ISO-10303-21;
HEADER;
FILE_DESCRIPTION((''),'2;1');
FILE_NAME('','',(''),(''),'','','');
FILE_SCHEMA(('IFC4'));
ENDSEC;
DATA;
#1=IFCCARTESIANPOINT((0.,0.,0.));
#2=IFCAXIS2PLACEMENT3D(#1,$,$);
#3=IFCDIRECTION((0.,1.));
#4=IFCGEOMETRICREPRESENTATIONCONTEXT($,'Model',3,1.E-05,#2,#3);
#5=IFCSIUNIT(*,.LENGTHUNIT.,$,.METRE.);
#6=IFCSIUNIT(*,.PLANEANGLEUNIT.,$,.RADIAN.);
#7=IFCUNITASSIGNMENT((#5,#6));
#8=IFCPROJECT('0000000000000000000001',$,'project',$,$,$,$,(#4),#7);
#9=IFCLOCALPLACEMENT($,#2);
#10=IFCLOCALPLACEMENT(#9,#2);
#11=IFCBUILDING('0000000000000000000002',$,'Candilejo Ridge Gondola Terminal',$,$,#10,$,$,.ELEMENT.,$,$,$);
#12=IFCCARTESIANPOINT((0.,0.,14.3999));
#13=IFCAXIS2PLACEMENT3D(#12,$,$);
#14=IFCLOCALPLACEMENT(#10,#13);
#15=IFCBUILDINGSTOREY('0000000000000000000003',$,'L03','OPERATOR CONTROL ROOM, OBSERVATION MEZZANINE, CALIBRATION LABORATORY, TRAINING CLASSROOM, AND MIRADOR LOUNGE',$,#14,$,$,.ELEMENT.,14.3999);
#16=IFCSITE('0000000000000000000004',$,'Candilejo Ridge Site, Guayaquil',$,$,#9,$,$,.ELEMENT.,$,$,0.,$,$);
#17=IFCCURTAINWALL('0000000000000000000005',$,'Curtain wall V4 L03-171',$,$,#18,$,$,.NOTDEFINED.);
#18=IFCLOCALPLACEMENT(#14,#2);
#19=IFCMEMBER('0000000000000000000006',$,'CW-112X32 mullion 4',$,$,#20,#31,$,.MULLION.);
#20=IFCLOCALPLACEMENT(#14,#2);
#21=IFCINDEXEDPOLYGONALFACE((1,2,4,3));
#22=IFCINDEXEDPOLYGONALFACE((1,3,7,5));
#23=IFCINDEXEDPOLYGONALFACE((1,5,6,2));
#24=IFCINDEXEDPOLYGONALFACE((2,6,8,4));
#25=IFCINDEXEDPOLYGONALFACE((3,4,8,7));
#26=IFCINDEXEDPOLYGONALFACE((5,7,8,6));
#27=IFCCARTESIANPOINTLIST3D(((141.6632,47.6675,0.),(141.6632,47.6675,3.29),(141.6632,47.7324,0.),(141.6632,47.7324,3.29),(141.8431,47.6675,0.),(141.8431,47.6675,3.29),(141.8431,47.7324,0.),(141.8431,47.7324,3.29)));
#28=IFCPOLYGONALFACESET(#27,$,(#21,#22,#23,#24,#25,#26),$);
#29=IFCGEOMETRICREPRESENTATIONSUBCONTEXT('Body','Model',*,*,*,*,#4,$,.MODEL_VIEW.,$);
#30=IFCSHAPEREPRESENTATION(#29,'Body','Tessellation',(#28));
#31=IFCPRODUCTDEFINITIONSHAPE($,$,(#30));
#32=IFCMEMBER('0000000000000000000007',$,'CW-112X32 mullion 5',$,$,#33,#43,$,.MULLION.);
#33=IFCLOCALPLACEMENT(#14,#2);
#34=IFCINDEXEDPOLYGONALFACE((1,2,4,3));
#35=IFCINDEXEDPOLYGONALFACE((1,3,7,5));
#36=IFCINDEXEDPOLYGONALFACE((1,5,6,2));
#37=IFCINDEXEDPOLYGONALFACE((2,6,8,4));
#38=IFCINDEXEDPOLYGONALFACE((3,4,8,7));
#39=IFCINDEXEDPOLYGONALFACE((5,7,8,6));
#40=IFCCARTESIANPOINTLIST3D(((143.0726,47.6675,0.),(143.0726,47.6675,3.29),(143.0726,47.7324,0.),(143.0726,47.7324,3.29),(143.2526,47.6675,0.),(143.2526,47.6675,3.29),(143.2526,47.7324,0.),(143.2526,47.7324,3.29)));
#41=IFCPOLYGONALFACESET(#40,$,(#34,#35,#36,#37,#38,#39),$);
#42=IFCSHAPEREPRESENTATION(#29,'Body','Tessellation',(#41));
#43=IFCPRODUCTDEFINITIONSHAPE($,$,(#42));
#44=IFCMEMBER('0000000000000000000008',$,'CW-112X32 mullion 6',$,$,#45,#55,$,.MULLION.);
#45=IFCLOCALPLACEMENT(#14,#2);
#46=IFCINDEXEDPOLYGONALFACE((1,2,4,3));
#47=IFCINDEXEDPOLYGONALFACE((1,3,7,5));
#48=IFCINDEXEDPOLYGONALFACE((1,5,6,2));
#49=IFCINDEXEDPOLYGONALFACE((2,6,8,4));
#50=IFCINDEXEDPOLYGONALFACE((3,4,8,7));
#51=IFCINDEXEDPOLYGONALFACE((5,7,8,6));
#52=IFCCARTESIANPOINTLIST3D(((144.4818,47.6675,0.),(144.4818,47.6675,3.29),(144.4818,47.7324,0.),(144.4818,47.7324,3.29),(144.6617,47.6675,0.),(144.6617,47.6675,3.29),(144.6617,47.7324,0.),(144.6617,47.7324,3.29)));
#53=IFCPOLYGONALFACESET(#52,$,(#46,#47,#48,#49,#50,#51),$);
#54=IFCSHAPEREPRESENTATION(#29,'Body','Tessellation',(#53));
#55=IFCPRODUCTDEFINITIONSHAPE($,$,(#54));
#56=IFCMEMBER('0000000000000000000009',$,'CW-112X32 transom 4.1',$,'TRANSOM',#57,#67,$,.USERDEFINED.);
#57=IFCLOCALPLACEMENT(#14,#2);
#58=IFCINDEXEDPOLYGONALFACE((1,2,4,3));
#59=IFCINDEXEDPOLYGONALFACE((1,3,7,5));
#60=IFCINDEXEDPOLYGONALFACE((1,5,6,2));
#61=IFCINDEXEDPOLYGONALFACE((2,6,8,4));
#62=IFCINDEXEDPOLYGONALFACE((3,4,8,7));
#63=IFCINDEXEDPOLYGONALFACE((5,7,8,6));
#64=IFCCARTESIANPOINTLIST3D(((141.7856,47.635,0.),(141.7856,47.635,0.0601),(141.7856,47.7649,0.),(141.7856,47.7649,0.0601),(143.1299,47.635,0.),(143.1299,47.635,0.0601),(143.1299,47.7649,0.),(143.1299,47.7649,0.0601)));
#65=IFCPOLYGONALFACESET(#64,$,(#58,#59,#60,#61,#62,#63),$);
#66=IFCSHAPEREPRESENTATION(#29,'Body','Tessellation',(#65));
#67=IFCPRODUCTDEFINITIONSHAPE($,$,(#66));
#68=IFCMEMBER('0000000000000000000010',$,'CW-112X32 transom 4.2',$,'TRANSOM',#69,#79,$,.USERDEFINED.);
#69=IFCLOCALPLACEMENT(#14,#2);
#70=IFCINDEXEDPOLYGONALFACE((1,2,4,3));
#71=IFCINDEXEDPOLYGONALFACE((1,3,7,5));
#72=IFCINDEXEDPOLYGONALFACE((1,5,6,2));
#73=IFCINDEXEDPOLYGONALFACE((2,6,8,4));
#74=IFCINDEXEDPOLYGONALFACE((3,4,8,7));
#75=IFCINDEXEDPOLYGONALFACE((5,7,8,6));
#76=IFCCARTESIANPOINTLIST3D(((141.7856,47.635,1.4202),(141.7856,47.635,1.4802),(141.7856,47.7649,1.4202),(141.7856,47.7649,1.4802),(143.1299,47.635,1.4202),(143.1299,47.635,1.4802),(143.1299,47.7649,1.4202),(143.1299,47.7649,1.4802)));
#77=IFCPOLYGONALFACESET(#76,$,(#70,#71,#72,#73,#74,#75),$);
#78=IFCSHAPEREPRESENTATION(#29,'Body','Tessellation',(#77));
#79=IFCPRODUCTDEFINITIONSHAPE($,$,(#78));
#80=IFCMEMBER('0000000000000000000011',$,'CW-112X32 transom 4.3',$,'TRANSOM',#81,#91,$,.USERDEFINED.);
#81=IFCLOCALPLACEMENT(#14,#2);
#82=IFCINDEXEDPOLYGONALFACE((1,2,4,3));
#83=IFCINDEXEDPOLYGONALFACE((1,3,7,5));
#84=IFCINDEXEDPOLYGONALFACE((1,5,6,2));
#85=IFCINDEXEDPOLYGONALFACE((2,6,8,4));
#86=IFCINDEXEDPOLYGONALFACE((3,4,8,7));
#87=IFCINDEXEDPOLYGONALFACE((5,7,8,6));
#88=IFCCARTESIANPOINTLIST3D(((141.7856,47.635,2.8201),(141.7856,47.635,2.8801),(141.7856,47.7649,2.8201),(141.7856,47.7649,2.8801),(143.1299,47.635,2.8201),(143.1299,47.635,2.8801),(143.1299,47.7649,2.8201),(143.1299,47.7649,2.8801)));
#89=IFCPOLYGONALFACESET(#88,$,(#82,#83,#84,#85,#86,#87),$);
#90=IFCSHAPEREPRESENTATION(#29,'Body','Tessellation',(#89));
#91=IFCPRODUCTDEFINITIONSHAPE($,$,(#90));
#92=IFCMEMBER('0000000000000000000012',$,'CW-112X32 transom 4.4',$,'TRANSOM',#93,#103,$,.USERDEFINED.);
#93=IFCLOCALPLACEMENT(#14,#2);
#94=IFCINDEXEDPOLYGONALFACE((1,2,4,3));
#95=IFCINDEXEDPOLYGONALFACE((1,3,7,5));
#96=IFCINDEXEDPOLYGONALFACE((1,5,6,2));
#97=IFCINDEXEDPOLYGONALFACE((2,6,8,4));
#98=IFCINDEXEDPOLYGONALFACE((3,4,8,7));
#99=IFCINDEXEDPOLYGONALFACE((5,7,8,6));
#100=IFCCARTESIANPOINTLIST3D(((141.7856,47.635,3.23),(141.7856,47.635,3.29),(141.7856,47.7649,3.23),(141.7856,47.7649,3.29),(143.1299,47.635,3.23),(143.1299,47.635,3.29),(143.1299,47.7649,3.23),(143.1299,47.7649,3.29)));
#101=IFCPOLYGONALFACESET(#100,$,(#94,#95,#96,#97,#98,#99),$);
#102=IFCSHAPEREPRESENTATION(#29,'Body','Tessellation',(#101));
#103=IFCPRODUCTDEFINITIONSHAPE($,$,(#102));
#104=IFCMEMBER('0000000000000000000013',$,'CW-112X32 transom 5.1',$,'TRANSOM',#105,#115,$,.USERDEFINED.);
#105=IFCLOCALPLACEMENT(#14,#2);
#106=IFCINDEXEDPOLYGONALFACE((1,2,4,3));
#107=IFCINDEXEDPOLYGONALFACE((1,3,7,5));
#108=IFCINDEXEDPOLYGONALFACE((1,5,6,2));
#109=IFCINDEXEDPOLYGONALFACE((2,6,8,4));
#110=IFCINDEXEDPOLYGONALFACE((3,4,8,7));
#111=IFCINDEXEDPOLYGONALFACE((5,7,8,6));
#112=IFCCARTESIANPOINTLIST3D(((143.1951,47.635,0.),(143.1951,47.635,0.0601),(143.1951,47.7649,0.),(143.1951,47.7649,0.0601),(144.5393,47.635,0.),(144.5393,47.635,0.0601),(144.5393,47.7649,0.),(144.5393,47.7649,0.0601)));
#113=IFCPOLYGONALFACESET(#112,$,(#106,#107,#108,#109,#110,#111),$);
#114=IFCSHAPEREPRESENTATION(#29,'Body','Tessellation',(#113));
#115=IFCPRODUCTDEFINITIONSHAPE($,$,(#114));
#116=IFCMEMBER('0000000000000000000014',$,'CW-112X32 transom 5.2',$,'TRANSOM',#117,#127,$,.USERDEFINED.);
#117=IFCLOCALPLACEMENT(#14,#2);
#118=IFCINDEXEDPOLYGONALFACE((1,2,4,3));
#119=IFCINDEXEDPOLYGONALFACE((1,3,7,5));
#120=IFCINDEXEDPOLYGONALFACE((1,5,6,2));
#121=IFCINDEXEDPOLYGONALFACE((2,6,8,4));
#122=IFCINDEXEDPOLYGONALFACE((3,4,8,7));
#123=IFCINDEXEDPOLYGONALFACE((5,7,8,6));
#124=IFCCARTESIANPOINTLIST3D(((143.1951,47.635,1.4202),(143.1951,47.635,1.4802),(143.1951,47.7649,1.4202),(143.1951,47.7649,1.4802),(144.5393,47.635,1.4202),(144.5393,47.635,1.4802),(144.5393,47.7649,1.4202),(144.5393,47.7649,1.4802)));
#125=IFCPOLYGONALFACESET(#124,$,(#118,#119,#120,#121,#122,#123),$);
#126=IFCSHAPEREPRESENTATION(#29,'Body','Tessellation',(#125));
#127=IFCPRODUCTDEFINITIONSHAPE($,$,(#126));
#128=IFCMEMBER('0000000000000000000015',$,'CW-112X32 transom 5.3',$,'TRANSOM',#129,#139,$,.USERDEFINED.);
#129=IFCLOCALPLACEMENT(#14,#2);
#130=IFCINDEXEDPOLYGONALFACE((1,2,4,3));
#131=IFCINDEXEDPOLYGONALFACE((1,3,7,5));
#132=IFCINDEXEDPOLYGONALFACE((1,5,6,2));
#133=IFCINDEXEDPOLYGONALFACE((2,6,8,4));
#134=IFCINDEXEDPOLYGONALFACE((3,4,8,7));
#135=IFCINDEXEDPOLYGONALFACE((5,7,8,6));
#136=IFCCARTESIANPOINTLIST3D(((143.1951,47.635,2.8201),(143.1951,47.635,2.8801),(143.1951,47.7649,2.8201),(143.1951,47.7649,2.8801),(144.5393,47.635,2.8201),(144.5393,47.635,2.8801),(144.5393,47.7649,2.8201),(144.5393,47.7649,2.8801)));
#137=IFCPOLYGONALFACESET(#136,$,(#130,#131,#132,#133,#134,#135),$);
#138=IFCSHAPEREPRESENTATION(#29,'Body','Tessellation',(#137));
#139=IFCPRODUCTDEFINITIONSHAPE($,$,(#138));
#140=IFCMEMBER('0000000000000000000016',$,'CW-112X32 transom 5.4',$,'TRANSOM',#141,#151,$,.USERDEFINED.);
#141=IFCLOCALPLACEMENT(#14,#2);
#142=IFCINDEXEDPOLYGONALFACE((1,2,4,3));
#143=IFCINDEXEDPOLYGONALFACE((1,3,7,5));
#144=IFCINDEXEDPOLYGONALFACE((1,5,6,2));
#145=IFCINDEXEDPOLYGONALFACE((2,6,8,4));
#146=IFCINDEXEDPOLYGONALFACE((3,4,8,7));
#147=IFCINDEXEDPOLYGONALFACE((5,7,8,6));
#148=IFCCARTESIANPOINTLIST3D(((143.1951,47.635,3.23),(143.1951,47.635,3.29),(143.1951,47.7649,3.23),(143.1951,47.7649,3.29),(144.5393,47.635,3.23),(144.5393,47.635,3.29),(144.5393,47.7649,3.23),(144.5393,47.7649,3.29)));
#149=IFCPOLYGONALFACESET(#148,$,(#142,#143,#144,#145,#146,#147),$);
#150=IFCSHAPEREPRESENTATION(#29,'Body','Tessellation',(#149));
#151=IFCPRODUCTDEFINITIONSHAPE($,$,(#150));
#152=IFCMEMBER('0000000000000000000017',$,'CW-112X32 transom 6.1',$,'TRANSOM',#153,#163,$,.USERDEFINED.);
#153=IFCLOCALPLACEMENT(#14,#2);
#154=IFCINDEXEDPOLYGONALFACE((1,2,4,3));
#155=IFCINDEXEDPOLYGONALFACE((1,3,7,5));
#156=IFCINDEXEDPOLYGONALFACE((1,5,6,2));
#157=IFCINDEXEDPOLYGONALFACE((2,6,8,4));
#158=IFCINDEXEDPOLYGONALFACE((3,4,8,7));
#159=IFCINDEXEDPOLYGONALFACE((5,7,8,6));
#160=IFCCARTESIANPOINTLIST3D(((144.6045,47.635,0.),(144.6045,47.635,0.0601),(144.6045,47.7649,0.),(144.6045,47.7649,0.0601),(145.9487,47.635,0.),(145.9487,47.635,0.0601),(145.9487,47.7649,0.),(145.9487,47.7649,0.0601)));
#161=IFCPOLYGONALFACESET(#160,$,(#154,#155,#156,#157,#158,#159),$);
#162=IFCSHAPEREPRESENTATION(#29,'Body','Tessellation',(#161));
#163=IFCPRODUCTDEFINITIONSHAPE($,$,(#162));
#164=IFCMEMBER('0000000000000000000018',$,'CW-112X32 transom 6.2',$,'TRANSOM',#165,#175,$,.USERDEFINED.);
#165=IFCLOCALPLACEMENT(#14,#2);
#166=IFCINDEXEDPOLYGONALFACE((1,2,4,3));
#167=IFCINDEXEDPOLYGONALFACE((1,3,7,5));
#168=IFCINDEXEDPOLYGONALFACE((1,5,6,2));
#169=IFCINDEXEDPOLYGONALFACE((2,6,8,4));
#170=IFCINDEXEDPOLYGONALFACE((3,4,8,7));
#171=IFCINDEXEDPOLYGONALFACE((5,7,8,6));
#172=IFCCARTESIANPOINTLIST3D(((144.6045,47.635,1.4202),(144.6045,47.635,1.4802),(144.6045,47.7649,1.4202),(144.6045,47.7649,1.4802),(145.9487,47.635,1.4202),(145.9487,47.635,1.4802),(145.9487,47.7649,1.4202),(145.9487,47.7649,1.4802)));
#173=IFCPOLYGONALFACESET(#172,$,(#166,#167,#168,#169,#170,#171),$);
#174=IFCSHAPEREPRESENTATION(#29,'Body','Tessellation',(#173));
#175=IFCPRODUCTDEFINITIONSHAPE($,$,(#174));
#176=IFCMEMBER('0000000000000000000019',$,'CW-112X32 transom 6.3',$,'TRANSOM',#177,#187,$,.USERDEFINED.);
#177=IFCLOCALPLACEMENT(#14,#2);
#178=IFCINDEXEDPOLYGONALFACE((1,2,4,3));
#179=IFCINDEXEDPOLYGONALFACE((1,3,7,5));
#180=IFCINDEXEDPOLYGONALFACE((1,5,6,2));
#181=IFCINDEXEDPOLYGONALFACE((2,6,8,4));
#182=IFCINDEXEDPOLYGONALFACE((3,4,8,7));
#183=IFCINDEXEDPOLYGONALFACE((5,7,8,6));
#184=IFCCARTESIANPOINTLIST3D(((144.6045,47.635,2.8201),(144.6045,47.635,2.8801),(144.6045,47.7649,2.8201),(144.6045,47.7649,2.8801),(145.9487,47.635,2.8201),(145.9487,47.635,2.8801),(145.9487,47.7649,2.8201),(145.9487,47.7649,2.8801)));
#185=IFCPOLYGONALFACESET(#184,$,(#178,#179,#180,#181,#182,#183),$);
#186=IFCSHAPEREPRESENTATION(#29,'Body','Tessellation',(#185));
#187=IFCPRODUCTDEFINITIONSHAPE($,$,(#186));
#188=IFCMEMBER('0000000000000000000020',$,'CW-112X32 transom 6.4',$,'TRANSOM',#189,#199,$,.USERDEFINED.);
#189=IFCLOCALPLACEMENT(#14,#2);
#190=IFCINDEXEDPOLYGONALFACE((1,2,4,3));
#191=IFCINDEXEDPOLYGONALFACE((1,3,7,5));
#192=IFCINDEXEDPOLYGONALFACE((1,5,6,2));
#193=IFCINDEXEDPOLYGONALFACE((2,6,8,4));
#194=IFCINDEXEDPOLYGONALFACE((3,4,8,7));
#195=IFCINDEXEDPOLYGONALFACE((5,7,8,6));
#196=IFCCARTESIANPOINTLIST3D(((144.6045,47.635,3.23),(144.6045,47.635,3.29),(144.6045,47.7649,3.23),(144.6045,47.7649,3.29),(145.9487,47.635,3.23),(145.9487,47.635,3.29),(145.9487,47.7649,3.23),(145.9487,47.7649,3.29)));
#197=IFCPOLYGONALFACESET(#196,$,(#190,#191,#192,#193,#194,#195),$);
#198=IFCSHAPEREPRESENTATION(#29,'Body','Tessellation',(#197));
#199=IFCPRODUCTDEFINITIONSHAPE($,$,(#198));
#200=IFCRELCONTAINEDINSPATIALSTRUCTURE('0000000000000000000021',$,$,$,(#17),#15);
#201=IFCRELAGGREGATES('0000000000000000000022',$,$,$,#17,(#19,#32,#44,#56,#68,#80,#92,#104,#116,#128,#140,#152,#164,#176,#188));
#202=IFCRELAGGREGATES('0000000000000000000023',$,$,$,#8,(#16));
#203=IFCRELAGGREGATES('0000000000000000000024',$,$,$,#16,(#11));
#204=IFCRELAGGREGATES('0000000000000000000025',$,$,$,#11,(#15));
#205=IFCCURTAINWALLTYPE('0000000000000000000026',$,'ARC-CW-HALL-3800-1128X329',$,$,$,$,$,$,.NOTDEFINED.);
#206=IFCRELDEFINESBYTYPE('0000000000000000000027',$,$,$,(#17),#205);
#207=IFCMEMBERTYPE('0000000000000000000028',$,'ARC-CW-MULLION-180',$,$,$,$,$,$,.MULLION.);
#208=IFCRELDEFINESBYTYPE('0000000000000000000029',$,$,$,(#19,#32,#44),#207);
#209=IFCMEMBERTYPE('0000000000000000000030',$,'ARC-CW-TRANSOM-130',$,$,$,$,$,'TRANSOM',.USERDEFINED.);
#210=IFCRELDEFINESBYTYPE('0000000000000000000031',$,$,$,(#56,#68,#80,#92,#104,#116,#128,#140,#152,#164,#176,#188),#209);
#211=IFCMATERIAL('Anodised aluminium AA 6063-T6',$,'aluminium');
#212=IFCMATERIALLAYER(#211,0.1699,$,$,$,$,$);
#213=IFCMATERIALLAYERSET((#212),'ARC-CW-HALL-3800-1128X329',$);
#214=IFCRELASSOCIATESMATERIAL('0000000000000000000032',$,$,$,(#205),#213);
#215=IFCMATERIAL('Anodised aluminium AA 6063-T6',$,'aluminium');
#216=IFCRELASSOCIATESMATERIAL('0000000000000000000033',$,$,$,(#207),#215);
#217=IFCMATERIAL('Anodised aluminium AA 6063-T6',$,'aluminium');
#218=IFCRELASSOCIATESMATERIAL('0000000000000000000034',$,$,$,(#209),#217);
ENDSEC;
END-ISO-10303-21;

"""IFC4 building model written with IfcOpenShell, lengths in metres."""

from ifc_helpers import new_model, si_unit, direction, frame, origin, origin_2d, place, context, subcontext, project, spatial, rectangle, extrude, material, layer, layer_set, material_profile, profile_set, type_object, element, aggregate, save


model = new_model("IFC4")

# Units and contexts
model_context = context("Model", 3, precision=1e-05, world=origin(), true_north=direction((0.0, 1.0)))
body_context = subcontext(model_context, "Body", "Model", "MODEL_VIEW")
ifc_project = project(units=[si_unit("LENGTHUNIT", "METRE"), si_unit("PLANEANGLEUNIT", "RADIAN")], contexts=[model_context])

# Site, building, storey
site_placement = place(None, origin())
site = spatial("IfcSite", under=ifc_project, at=site_placement, Name="Candilejo Ridge Site, Guayaquil", CompositionType="ELEMENT", RefElevation=0.0)
building_placement = place(site_placement, origin())
building = spatial("IfcBuilding", under=site, at=building_placement, Name="Candilejo Ridge Gondola Terminal", CompositionType="ELEMENT")
storey_placement = place(building_placement, frame((0.0, 0.0, 14.3999)))
storey = spatial("IfcBuildingStorey", under=building, at=storey_placement, Name="L03", Description="OPERATOR CONTROL ROOM, OBSERVATION MEZZANINE, CALIBRATION LABORATORY, TRAINING CLASSROOM, AND MIRADOR LOUNGE", CompositionType="ELEMENT", Elevation=14.3999)

# Curtain wall, members
ifc_material_1 = material(Name="Anodised aluminium AA 6063-T6", Category="aluminium")
ifc_layer_1 = layer(ifc_material_1, 0.1699)
ifc_layer_set_1 = layer_set([ifc_layer_1], Name="ARC-CW-HALL-3800-1128X329")
curtain_wall_type = type_object("IfcCurtainWallType", Name="ARC-CW-HALL-3800-1128X329", PredefinedType="NOTDEFINED", material=ifc_layer_set_1)
curtain_wall_placement = place(storey_placement, origin())
curtain_wall = element("IfcCurtainWall", 1, at=curtain_wall_placement, inside=storey, type_object=curtain_wall_type, Name="Curtain wall V4 L03-171", PredefinedType="NOTDEFINED")
ifc_material_2 = material(Name="Anodised aluminium AA 6063-T6", Category="aluminium")
ifc_material_profile_1 = material_profile(ifc_material_2, rectangle(XDim=0.0649, YDim=0.1799, at=origin_2d()))
ifc_profile_set_1 = profile_set([ifc_material_profile_1], Name="Anodised aluminium AA 6063-T6")
member_type_1 = type_object("IfcMemberType", Name="ARC-CW-MULLION-180", PredefinedType="MULLION", material=ifc_profile_set_1)
member_1_placement = place(storey_placement, frame((141.7532, 47.7, 0.0), z_axis=(0.0, 0.0, 1.0), x_axis=(0.0, 1.0, 0.0)))
member_1 = element("IfcMember", 2, at=member_1_placement, type_object=member_type_1, Name="CW-112X32 mullion 4", PredefinedType="MULLION", context=body_context, shape_type="SweptSolid", body=[
    extrude(rectangle(XDim=0.0649, YDim=0.1799, at=origin_2d()), origin(), (0.0, 0.0, 1.0), 3.29),
])
member_2_placement = place(storey_placement, frame((143.1626, 47.7, 0.0), z_axis=(0.0, 0.0, 1.0), x_axis=(0.0, 1.0, 0.0)))
member_2 = element("IfcMember", 3, at=member_2_placement, type_object=member_type_1, Name="CW-112X32 mullion 5", PredefinedType="MULLION", context=body_context, shape_type="SweptSolid", body=[
    extrude(rectangle(XDim=0.0649, YDim=0.1799, at=origin_2d()), origin(), (0.0, 0.0, 1.0), 3.29),
])
member_3_placement = place(storey_placement, frame((144.5718, 47.7, 0.0), z_axis=(0.0, 0.0, 1.0), x_axis=(0.0, 1.0, 0.0)))
member_3 = element("IfcMember", 4, at=member_3_placement, type_object=member_type_1, Name="CW-112X32 mullion 6", PredefinedType="MULLION", context=body_context, shape_type="SweptSolid", body=[
    extrude(rectangle(XDim=0.0649, YDim=0.1799, at=origin_2d()), origin(), (0.0, 0.0, 1.0), 3.29),
])
ifc_material_3 = material(Name="Anodised aluminium AA 6063-T6", Category="aluminium")
ifc_material_profile_2 = material_profile(ifc_material_3, rectangle(XDim=0.1299, YDim=0.0601, at=origin_2d()))
ifc_profile_set_2 = profile_set([ifc_material_profile_2], Name="Anodised aluminium AA 6063-T6")
member_type_2 = type_object("IfcMemberType", Name="ARC-CW-TRANSOM-130", ElementType="TRANSOM", PredefinedType="USERDEFINED", material=ifc_profile_set_2)
member_4_placement = place(storey_placement, frame((141.7856, 47.7, 0.03), z_axis=(1.0, 0.0, 0.0), x_axis=(0.0, 1.0, 0.0)))
member_4 = element("IfcMember", 5, at=member_4_placement, type_object=member_type_2, Name="CW-112X32 transom 4.1", ObjectType="TRANSOM", PredefinedType="USERDEFINED", context=body_context, shape_type="SweptSolid", body=[
    extrude(rectangle(XDim=0.1299, YDim=0.0601, at=origin_2d()), origin(), (0.0, 0.0, 1.0), 1.3442),
])
member_5_placement = place(storey_placement, frame((141.7856, 47.7, 1.4502), z_axis=(1.0, 0.0, 0.0), x_axis=(0.0, 1.0, 0.0)))
member_5 = element("IfcMember", 6, at=member_5_placement, type_object=member_type_2, Name="CW-112X32 transom 4.2", ObjectType="TRANSOM", PredefinedType="USERDEFINED", context=body_context, shape_type="SweptSolid", body=[
    extrude(rectangle(XDim=0.1299, YDim=0.0601, at=origin_2d()), origin(), (0.0, 0.0, 1.0), 1.3442),
])
member_6_placement = place(storey_placement, frame((141.7856, 47.7, 2.8501), z_axis=(1.0, 0.0, 0.0), x_axis=(0.0, 1.0, 0.0)))
member_6 = element("IfcMember", 7, at=member_6_placement, type_object=member_type_2, Name="CW-112X32 transom 4.3", ObjectType="TRANSOM", PredefinedType="USERDEFINED", context=body_context, shape_type="SweptSolid", body=[
    extrude(rectangle(XDim=0.1299, YDim=0.0601, at=origin_2d()), origin(), (0.0, 0.0, 1.0), 1.3442),
])
member_7_placement = place(storey_placement, frame((141.7856, 47.7, 3.26), z_axis=(1.0, 0.0, 0.0), x_axis=(0.0, 1.0, 0.0)))
member_7 = element("IfcMember", 8, at=member_7_placement, type_object=member_type_2, Name="CW-112X32 transom 4.4", ObjectType="TRANSOM", PredefinedType="USERDEFINED", context=body_context, shape_type="SweptSolid", body=[
    extrude(rectangle(XDim=0.1299, YDim=0.0601, at=origin_2d()), origin(), (0.0, 0.0, 1.0), 1.3442),
])
member_8_placement = place(storey_placement, frame((143.1951, 47.7, 0.03), z_axis=(1.0, 0.0, 0.0), x_axis=(0.0, 1.0, 0.0)))
member_8 = element("IfcMember", 9, at=member_8_placement, type_object=member_type_2, Name="CW-112X32 transom 5.1", ObjectType="TRANSOM", PredefinedType="USERDEFINED", context=body_context, shape_type="SweptSolid", body=[
    extrude(rectangle(XDim=0.1299, YDim=0.0601, at=origin_2d()), origin(), (0.0, 0.0, 1.0), 1.3442),
])
member_9_placement = place(storey_placement, frame((143.1951, 47.7, 1.4502), z_axis=(1.0, 0.0, 0.0), x_axis=(0.0, 1.0, 0.0)))
member_9 = element("IfcMember", 10, at=member_9_placement, type_object=member_type_2, Name="CW-112X32 transom 5.2", ObjectType="TRANSOM", PredefinedType="USERDEFINED", context=body_context, shape_type="SweptSolid", body=[
    extrude(rectangle(XDim=0.1299, YDim=0.0601, at=origin_2d()), origin(), (0.0, 0.0, 1.0), 1.3442),
])
member_10_placement = place(storey_placement, frame((143.1951, 47.7, 2.8501), z_axis=(1.0, 0.0, 0.0), x_axis=(0.0, 1.0, 0.0)))
member_10 = element("IfcMember", 11, at=member_10_placement, type_object=member_type_2, Name="CW-112X32 transom 5.3", ObjectType="TRANSOM", PredefinedType="USERDEFINED", context=body_context, shape_type="SweptSolid", body=[
    extrude(rectangle(XDim=0.1299, YDim=0.0601, at=origin_2d()), origin(), (0.0, 0.0, 1.0), 1.3442),
])
member_11_placement = place(storey_placement, frame((143.1951, 47.7, 3.26), z_axis=(1.0, 0.0, 0.0), x_axis=(0.0, 1.0, 0.0)))
member_11 = element("IfcMember", 12, at=member_11_placement, type_object=member_type_2, Name="CW-112X32 transom 5.4", ObjectType="TRANSOM", PredefinedType="USERDEFINED", context=body_context, shape_type="SweptSolid", body=[
    extrude(rectangle(XDim=0.1299, YDim=0.0601, at=origin_2d()), origin(), (0.0, 0.0, 1.0), 1.3442),
])
member_12_placement = place(storey_placement, frame((144.6045, 47.7, 0.03), z_axis=(1.0, 0.0, 0.0), x_axis=(0.0, 1.0, 0.0)))
member_12 = element("IfcMember", 13, at=member_12_placement, type_object=member_type_2, Name="CW-112X32 transom 6.1", ObjectType="TRANSOM", PredefinedType="USERDEFINED", context=body_context, shape_type="SweptSolid", body=[
    extrude(rectangle(XDim=0.1299, YDim=0.0601, at=origin_2d()), origin(), (0.0, 0.0, 1.0), 1.3442),
])
member_13_placement = place(storey_placement, frame((144.6045, 47.7, 1.4502), z_axis=(1.0, 0.0, 0.0), x_axis=(0.0, 1.0, 0.0)))
member_13 = element("IfcMember", 14, at=member_13_placement, type_object=member_type_2, Name="CW-112X32 transom 6.2", ObjectType="TRANSOM", PredefinedType="USERDEFINED", context=body_context, shape_type="SweptSolid", body=[
    extrude(rectangle(XDim=0.1299, YDim=0.0601, at=origin_2d()), origin(), (0.0, 0.0, 1.0), 1.3442),
])
member_14_placement = place(storey_placement, frame((144.6045, 47.7, 2.8501), z_axis=(1.0, 0.0, 0.0), x_axis=(0.0, 1.0, 0.0)))
member_14 = element("IfcMember", 15, at=member_14_placement, type_object=member_type_2, Name="CW-112X32 transom 6.3", ObjectType="TRANSOM", PredefinedType="USERDEFINED", context=body_context, shape_type="SweptSolid", body=[
    extrude(rectangle(XDim=0.1299, YDim=0.0601, at=origin_2d()), origin(), (0.0, 0.0, 1.0), 1.3442),
])
member_15_placement = place(storey_placement, frame((144.6045, 47.7, 3.26), z_axis=(1.0, 0.0, 0.0), x_axis=(0.0, 1.0, 0.0)))
member_15 = element("IfcMember", 16, at=member_15_placement, type_object=member_type_2, Name="CW-112X32 transom 6.4", ObjectType="TRANSOM", PredefinedType="USERDEFINED", context=body_context, shape_type="SweptSolid", body=[
    extrude(rectangle(XDim=0.1299, YDim=0.0601, at=origin_2d()), origin(), (0.0, 0.0, 1.0), 1.3442),
])
aggregate(curtain_wall, [member_1, member_2, member_3, member_4, member_5, member_6, member_7, member_8, member_9, member_10, member_11, member_12, member_13, member_14, member_15])

save(model, "model.ifc")
